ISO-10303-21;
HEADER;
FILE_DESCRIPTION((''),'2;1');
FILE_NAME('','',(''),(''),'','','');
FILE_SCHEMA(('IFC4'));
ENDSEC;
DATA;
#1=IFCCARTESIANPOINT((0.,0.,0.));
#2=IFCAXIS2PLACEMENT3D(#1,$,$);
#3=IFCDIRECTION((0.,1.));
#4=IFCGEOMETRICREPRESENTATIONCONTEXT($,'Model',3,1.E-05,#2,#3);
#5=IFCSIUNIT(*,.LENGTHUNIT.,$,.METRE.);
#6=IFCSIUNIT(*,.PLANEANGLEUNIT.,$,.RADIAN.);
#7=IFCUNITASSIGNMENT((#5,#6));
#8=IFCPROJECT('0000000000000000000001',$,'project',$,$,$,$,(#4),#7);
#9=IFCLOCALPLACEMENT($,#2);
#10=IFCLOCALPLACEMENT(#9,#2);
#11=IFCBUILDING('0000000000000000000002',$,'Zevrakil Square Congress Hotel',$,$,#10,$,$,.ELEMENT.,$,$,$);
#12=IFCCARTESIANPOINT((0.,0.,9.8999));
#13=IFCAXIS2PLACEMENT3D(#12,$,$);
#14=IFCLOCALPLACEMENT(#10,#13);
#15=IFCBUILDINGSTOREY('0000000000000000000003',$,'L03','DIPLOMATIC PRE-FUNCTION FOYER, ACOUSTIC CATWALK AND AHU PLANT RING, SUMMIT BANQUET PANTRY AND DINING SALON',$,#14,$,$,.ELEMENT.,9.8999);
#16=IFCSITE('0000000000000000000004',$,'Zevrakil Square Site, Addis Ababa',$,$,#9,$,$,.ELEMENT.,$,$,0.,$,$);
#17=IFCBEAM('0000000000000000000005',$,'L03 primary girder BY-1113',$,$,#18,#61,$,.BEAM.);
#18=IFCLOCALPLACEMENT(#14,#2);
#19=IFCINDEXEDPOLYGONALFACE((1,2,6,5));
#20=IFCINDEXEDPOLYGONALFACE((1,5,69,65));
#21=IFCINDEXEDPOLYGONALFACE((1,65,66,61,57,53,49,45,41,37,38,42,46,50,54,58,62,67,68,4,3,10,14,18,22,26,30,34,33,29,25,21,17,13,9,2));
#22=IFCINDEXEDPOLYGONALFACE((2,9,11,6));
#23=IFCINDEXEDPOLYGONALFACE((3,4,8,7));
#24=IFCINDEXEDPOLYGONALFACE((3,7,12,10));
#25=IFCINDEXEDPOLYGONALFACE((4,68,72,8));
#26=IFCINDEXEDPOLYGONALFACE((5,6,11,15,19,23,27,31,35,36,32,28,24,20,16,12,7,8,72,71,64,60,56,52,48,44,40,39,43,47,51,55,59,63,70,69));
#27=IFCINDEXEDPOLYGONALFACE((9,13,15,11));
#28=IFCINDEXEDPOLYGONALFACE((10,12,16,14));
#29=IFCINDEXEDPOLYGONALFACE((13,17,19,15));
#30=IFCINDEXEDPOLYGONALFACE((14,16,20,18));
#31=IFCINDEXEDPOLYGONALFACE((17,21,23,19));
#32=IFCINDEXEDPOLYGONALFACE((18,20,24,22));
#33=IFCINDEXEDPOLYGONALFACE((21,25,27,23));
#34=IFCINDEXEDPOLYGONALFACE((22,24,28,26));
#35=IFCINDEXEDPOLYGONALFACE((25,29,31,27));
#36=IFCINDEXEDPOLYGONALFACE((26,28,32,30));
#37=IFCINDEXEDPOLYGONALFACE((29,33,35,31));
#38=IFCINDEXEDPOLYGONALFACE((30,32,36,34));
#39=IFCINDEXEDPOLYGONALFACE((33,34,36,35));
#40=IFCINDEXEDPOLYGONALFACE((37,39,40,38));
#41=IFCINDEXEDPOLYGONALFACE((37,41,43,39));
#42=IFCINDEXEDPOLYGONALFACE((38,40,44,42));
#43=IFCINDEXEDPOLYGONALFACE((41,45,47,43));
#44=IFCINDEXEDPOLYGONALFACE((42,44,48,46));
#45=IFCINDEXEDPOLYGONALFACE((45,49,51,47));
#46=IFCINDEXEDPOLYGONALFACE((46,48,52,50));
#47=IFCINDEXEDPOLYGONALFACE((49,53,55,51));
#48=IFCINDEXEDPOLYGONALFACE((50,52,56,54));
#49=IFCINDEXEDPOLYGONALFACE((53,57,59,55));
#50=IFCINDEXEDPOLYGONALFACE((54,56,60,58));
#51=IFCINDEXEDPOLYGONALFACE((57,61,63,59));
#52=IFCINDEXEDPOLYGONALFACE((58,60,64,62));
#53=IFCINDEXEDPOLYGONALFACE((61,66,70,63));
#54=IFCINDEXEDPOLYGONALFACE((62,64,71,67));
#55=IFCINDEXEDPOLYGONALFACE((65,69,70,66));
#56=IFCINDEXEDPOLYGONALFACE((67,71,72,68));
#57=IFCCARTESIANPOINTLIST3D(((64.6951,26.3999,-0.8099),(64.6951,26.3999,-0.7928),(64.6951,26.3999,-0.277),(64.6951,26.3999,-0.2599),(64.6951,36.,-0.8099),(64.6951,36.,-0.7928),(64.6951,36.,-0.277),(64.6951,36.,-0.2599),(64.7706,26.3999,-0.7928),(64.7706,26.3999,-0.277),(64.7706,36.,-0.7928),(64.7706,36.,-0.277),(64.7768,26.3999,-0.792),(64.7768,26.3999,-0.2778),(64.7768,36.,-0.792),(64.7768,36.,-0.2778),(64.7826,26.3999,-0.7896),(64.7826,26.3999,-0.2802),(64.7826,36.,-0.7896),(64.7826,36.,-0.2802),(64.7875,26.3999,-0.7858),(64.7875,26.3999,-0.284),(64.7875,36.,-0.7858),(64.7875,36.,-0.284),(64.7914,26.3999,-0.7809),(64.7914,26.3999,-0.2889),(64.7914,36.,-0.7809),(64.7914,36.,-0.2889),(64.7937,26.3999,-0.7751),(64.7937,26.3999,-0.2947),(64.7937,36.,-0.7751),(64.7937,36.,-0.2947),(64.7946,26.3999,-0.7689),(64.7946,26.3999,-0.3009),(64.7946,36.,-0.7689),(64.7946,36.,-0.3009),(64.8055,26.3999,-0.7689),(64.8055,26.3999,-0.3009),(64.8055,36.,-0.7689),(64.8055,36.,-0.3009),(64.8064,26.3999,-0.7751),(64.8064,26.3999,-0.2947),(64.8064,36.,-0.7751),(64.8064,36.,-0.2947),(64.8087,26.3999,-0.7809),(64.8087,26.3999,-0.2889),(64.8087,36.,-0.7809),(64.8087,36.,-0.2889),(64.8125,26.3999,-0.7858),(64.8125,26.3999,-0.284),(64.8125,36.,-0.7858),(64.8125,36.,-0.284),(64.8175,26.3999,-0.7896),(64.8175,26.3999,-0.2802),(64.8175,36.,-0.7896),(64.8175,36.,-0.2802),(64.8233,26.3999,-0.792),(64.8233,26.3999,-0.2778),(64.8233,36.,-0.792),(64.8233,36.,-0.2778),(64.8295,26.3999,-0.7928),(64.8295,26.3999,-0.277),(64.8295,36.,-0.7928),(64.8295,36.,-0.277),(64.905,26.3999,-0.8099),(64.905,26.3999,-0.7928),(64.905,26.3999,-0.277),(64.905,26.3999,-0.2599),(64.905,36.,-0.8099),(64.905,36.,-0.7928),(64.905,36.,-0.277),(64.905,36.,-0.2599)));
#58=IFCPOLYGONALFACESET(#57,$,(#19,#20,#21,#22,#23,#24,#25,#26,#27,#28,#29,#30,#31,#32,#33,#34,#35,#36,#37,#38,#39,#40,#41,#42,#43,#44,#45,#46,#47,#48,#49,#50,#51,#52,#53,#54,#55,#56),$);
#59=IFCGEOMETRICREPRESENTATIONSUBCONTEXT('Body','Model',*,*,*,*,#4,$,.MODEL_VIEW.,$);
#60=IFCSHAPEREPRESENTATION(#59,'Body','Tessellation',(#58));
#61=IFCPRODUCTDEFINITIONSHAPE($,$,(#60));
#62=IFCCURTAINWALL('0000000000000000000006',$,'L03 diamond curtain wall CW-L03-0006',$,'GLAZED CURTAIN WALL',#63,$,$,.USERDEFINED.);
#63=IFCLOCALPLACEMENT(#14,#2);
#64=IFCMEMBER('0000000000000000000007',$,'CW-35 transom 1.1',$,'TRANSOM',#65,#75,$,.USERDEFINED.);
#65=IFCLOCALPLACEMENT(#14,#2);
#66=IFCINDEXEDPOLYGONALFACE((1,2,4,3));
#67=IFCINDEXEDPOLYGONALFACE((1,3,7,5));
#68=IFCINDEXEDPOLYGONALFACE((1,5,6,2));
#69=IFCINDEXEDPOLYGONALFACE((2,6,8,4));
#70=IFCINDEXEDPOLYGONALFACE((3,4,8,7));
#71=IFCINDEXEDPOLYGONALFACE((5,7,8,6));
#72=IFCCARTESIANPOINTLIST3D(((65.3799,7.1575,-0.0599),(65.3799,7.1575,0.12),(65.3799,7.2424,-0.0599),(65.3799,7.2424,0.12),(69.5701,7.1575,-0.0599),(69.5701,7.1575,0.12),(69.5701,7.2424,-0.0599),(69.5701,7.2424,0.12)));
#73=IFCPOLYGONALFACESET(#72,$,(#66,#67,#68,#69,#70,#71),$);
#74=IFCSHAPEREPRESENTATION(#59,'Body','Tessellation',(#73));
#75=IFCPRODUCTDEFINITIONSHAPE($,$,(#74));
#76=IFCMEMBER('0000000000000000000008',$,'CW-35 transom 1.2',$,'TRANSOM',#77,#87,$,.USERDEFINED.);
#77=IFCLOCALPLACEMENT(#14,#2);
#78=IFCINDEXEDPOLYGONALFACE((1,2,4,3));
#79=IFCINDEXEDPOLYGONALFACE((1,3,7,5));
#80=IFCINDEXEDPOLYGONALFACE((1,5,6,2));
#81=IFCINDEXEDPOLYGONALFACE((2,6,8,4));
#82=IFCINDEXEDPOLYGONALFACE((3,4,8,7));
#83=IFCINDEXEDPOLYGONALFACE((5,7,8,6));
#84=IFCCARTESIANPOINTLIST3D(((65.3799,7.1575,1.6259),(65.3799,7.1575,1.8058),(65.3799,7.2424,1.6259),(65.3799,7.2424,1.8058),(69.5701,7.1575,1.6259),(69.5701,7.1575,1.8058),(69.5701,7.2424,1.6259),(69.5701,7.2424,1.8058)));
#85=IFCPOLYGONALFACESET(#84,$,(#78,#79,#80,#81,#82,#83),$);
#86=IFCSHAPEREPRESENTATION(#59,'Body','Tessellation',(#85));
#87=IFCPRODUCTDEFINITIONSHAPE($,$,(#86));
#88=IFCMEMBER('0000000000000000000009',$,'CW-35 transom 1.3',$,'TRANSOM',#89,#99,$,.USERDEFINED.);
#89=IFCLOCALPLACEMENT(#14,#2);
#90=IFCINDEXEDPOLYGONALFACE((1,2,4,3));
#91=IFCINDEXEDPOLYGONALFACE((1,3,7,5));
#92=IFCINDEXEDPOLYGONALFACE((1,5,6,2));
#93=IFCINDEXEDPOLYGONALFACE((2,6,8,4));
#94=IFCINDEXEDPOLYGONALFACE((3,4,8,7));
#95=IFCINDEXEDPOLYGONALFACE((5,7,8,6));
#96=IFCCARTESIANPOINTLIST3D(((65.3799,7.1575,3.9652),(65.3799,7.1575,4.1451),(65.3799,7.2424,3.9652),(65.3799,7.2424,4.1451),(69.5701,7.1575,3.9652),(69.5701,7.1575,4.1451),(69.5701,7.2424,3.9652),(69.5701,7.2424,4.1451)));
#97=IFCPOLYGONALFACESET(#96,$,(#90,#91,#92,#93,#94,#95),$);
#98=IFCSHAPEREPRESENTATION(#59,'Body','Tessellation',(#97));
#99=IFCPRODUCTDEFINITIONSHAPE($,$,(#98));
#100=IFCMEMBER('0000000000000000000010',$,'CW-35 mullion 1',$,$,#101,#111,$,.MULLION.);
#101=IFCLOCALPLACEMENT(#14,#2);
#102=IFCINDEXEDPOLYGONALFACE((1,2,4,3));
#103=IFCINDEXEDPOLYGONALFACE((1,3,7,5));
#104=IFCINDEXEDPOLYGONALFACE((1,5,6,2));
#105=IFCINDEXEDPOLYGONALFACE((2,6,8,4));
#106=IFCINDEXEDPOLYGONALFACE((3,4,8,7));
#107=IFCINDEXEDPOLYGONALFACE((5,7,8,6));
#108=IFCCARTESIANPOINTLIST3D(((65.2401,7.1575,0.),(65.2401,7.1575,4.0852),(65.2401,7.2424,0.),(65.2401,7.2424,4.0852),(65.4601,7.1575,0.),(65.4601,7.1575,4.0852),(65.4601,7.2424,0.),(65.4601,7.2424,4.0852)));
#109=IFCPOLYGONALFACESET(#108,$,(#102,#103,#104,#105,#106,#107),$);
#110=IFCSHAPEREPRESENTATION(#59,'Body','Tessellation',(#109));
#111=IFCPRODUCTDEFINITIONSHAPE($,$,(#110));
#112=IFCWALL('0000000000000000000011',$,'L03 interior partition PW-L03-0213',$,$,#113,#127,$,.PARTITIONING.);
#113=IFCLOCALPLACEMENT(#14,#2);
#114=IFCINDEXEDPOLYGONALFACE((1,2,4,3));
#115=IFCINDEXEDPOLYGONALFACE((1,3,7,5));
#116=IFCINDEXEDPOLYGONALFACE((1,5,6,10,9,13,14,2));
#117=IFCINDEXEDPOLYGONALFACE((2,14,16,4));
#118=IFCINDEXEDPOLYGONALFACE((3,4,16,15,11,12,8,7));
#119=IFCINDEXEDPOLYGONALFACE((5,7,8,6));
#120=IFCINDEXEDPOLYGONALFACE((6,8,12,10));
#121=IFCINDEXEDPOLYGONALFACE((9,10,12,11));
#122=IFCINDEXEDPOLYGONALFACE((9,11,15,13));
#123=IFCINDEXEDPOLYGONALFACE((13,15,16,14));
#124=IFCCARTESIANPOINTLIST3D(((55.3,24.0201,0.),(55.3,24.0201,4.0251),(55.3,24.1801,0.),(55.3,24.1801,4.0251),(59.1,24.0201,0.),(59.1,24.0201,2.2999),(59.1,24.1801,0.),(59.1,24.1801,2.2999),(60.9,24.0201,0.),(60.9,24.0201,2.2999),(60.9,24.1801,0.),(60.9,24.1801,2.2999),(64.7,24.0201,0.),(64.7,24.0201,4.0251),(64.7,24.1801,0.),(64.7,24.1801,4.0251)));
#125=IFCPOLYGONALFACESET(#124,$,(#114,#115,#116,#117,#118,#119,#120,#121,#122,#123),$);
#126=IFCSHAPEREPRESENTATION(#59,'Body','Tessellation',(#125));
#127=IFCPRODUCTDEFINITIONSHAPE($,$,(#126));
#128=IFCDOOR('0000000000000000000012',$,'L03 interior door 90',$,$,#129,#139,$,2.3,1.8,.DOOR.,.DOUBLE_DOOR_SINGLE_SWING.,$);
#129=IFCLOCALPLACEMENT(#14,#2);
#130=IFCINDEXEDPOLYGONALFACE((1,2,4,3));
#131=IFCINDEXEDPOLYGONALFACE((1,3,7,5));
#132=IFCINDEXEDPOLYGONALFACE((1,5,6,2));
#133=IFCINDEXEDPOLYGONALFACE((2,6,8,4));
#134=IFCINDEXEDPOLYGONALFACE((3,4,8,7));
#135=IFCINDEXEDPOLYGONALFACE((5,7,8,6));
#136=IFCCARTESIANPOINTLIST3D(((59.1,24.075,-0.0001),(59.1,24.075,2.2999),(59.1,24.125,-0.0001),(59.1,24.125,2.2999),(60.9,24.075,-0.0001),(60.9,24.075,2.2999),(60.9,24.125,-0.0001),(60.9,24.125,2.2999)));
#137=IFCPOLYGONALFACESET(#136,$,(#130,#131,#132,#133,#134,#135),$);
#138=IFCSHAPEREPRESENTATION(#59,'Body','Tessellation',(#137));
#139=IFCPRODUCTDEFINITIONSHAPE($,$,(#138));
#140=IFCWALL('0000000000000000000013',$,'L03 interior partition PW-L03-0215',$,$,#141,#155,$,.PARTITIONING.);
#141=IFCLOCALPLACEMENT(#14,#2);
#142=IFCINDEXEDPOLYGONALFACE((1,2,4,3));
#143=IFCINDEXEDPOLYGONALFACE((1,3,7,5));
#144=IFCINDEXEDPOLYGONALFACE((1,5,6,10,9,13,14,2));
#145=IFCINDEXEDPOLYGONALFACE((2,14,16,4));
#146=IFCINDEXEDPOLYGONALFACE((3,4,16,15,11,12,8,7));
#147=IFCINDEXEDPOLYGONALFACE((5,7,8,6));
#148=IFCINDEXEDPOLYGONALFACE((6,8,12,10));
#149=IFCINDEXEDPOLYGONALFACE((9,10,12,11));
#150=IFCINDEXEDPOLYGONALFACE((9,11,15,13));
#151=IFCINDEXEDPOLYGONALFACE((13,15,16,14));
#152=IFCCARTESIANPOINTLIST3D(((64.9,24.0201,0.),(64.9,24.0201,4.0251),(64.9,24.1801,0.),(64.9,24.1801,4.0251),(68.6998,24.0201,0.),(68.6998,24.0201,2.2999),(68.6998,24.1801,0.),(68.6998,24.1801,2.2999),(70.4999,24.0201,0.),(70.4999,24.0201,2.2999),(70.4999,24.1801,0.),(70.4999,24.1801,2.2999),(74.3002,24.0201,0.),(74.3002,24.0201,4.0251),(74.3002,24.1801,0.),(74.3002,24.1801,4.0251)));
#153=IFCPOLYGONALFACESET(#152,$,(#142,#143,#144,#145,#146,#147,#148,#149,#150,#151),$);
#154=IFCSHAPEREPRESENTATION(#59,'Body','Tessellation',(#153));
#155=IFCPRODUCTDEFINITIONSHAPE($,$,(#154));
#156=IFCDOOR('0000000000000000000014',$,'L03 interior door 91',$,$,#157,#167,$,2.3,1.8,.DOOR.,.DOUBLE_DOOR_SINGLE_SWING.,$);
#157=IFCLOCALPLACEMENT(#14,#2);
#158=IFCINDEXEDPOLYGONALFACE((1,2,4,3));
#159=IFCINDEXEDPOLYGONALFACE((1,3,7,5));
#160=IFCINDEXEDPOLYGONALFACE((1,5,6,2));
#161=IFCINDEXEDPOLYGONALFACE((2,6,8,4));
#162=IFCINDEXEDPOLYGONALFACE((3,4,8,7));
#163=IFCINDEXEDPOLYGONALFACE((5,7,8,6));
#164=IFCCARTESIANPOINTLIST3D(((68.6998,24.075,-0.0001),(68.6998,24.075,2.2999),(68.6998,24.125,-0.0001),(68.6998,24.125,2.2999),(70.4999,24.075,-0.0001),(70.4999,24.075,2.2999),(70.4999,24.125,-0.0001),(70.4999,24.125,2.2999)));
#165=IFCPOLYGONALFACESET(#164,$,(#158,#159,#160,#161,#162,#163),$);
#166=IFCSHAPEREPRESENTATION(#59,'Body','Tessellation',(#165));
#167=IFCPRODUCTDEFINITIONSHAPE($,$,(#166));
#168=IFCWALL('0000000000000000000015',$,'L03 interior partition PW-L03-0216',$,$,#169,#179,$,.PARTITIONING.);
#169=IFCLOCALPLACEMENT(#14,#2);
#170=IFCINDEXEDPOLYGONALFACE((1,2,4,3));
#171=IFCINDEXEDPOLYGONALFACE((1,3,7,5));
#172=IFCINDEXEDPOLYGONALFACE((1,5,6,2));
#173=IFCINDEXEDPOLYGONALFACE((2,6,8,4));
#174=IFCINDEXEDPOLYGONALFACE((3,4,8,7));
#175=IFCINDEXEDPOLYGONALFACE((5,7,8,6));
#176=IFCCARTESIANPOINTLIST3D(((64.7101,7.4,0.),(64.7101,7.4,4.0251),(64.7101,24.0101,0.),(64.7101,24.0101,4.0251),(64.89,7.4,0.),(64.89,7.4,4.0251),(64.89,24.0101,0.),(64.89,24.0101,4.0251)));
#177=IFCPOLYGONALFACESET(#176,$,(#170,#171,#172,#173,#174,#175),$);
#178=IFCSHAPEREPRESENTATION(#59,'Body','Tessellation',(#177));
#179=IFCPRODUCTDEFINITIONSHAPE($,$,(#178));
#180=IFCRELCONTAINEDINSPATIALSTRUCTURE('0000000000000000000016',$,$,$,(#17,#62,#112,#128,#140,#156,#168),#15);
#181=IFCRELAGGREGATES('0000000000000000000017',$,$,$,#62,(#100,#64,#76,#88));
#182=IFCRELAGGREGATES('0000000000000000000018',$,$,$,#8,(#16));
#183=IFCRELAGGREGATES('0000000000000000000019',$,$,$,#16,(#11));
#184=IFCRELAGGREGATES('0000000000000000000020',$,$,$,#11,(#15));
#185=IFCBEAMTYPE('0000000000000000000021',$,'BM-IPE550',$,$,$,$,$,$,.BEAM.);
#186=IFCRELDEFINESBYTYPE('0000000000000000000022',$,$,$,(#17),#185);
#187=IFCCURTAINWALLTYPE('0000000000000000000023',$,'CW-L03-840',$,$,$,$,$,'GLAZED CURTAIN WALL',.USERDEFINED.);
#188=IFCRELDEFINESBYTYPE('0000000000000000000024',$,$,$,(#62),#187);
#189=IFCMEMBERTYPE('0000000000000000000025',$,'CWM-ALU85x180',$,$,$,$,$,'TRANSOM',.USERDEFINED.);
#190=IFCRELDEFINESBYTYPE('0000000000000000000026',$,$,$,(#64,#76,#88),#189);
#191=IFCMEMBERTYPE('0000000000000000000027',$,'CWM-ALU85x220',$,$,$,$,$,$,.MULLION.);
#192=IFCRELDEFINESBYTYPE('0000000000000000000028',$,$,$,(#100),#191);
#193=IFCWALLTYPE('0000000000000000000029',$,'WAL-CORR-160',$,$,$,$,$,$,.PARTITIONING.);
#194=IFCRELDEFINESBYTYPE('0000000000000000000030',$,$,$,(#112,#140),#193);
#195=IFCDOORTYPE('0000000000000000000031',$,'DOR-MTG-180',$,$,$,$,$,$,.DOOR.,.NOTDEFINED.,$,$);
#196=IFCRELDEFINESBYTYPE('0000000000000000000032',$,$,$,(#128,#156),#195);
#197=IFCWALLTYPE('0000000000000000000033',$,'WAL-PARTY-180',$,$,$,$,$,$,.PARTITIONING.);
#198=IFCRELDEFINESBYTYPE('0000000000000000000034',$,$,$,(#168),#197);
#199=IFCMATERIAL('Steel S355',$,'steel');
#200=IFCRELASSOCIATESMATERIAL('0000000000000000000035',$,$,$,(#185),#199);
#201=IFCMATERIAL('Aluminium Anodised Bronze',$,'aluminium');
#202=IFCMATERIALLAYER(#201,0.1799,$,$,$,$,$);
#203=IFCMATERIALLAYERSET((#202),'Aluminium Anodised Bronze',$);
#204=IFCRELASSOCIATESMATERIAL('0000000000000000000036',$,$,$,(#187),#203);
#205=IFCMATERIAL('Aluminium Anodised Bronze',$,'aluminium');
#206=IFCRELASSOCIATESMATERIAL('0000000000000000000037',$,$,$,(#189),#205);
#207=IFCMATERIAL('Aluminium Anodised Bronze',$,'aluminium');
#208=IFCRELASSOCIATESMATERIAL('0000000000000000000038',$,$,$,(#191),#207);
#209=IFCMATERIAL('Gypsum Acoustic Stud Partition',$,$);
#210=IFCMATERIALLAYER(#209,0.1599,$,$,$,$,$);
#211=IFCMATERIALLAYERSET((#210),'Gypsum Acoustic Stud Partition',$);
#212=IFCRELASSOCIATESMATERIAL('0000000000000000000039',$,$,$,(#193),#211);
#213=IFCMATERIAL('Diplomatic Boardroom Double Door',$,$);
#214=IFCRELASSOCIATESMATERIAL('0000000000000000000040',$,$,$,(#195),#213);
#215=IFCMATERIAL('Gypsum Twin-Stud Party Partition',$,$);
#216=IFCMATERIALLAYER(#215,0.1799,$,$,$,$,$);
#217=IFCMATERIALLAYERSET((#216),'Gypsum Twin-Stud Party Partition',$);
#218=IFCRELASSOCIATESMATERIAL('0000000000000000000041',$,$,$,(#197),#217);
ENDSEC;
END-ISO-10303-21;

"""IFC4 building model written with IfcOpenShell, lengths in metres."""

from ifc_helpers import new_model, si_unit, direction, frame, frame_2d, origin, origin_2d, place, context, subcontext, project, spatial, rectangle, i_section, extrude, material, layer, layer_set, material_profile, profile_set, type_object, element, fill, aggregate, save


model = new_model("IFC4")

# Units and contexts
model_context = context("Model", 3, precision=1e-05, world=origin(), true_north=direction((0.0, 1.0)))
body_context = subcontext(model_context, "Body", "Model", "MODEL_VIEW")
ifc_project = project(units=[si_unit("LENGTHUNIT", "METRE"), si_unit("PLANEANGLEUNIT", "RADIAN")], contexts=[model_context])

# Site, building, storey
site_placement = place(None, origin())
site = spatial("IfcSite", under=ifc_project, at=site_placement, Name="Zevrakil Square Site, Addis Ababa", CompositionType="ELEMENT", RefElevation=0.0)
building_placement = place(site_placement, origin())
building = spatial("IfcBuilding", under=site, at=building_placement, Name="Zevrakil Square Congress Hotel", CompositionType="ELEMENT")
storey_placement = place(building_placement, frame((0.0, 0.0, 9.8999)))
storey = spatial("IfcBuildingStorey", under=building, at=storey_placement, Name="L03", Description="DIPLOMATIC PRE-FUNCTION FOYER, ACOUSTIC CATWALK AND AHU PLANT RING, SUMMIT BANQUET PANTRY AND DINING SALON", CompositionType="ELEMENT", Elevation=9.8999)

# Beam
ifc_material_1 = material(Name="Steel S355", Category="steel")
ifc_material_profile_1 = material_profile(ifc_material_1, i_section(OverallWidth=0.21, OverallDepth=0.55, WebThickness=0.011, FlangeThickness=0.0171, FilletRadius=0.0239, at=origin_2d()), Name="IPE 550")
ifc_profile_set_1 = profile_set([ifc_material_profile_1], Name="Steel S355")
beam_type_1 = type_object("IfcBeamType", Name="BM-IPE550", PredefinedType="BEAM", material=ifc_profile_set_1)
beam_1_placement = place(storey_placement, frame((64.8, 26.3999, -0.5349), z_axis=(0.0, 1.0, 0.0), x_axis=(-1.0, 0.0, 0.0)))
element("IfcBeam", 1, at=beam_1_placement, inside=storey, type_object=beam_type_1, Name="L03 primary girder BY-1113", PredefinedType="BEAM", context=body_context, shape_type="SweptSolid", body=[
    extrude(i_section(OverallWidth=0.21, OverallDepth=0.55, WebThickness=0.011, FlangeThickness=0.0171, FilletRadius=0.0239, at=origin_2d()), origin(), (0.0, 0.0, 1.0), 9.6001),
])

# Curtain wall, members
ifc_material_2 = material(Name="Aluminium Anodised Bronze", Category="aluminium")
ifc_layer_1 = layer(ifc_material_2, 0.1799)
ifc_layer_set_1 = layer_set([ifc_layer_1], Name="Aluminium Anodised Bronze")
curtain_wall_type = type_object("IfcCurtainWallType", Name="CW-L03-840", ElementType="GLAZED CURTAIN WALL", PredefinedType="USERDEFINED", material=ifc_layer_set_1)
curtain_wall_placement = place(storey_placement, origin())
curtain_wall = element("IfcCurtainWall", 2, at=curtain_wall_placement, inside=storey, type_object=curtain_wall_type, Name="L03 diamond curtain wall CW-L03-0006", ObjectType="GLAZED CURTAIN WALL", PredefinedType="USERDEFINED")
ifc_material_3 = material(Name="Aluminium Anodised Bronze", Category="aluminium")
ifc_material_profile_2 = material_profile(ifc_material_3, rectangle(XDim=0.085, YDim=0.1799, at=origin_2d()), Name="ALU 85x180")
ifc_profile_set_2 = profile_set([ifc_material_profile_2], Name="Aluminium Anodised Bronze")
member_type_1 = type_object("IfcMemberType", Name="CWM-ALU85x180", ElementType="TRANSOM", PredefinedType="USERDEFINED", material=ifc_profile_set_2)
member_1_placement = place(storey_placement, frame((65.3799, 7.2, 0.03), z_axis=(1.0, 0.0, 0.0), x_axis=(0.0, 1.0, 0.0)))
member_1 = element("IfcMember", 3, at=member_1_placement, type_object=member_type_1, Name="CW-35 transom 1.1", ObjectType="TRANSOM", PredefinedType="USERDEFINED", context=body_context, shape_type="SweptSolid", body=[
    extrude(rectangle(XDim=0.085, YDim=0.1799, at=origin_2d()), origin(), (0.0, 0.0, 1.0), 4.1902),
])
member_2_placement = place(storey_placement, frame((65.3799, 7.2, 1.7158), z_axis=(1.0, 0.0, 0.0), x_axis=(0.0, 1.0, 0.0)))
member_2 = element("IfcMember", 4, at=member_2_placement, type_object=member_type_1, Name="CW-35 transom 1.2", ObjectType="TRANSOM", PredefinedType="USERDEFINED", context=body_context, shape_type="SweptSolid", body=[
    extrude(rectangle(XDim=0.085, YDim=0.1799, at=origin_2d()), origin(), (0.0, 0.0, 1.0), 4.1902),
])
member_3_placement = place(storey_placement, frame((65.3799, 7.2, 4.0552), z_axis=(1.0, 0.0, 0.0), x_axis=(0.0, 1.0, 0.0)))
member_3 = element("IfcMember", 5, at=member_3_placement, type_object=member_type_1, Name="CW-35 transom 1.3", ObjectType="TRANSOM", PredefinedType="USERDEFINED", context=body_context, shape_type="SweptSolid", body=[
    extrude(rectangle(XDim=0.085, YDim=0.1799, at=origin_2d()), origin(), (0.0, 0.0, 1.0), 4.1902),
])
ifc_material_4 = material(Name="Aluminium Anodised Bronze", Category="aluminium")
ifc_material_profile_3 = material_profile(ifc_material_4, rectangle(XDim=0.085, YDim=0.22, at=origin_2d()), Name="ALU 85x220")
ifc_profile_set_3 = profile_set([ifc_material_profile_3], Name="Aluminium Anodised Bronze")
member_type_2 = type_object("IfcMemberType", Name="CWM-ALU85x220", PredefinedType="MULLION", material=ifc_profile_set_3)
member_4_placement = place(storey_placement, frame((65.3501, 7.2, 0.0), z_axis=(0.0, 0.0, 1.0), x_axis=(0.0, 1.0, 0.0)))
member_4 = element("IfcMember", 6, at=member_4_placement, type_object=member_type_2, Name="CW-35 mullion 1", PredefinedType="MULLION", context=body_context, shape_type="SweptSolid", body=[
    extrude(rectangle(XDim=0.085, YDim=0.22, at=origin_2d()), origin(), (0.0, 0.0, 1.0), 4.0852),
])
aggregate(curtain_wall, [member_4, member_1, member_2, member_3])

# Walls, openings, doors
ifc_material_5 = material(Name="Gypsum Acoustic Stud Partition")
ifc_layer_2 = layer(ifc_material_5, 0.1599)
ifc_layer_set_2 = layer_set([ifc_layer_2], Name="Gypsum Acoustic Stud Partition")
wall_type_1 = type_object("IfcWallType", Name="WAL-CORR-160", PredefinedType="PARTITIONING", material=ifc_layer_set_2)
wall_1_placement = place(storey_placement, frame((55.3, 24.1001, 0.0), z_axis=(0.0, 0.0, 1.0), x_axis=(1.0, 0.0, 0.0)))
wall_1 = element("IfcWall", 7, at=wall_1_placement, inside=storey, type_object=wall_type_1, Name="L03 interior partition PW-L03-0213", PredefinedType="PARTITIONING", context=body_context, shape_type="SweptSolid", body=[
    extrude(rectangle(XDim=9.3999, YDim=0.1599, at=frame_2d((4.7, 0.0))), origin(), (0.0, 0.0, 1.0), 4.0251),
])
opening_1_placement = place(wall_1_placement, frame((3.8, 0.0, 0.0)))
opening_1 = element("IfcOpeningElement", 8, at=opening_1_placement, cuts=wall_1, PredefinedType="OPENING", context=body_context, shape_type="SweptSolid", body=[
    extrude(rectangle(XDim=1.8, YDim=2.3, at=frame_2d((0.8999, 1.1499))), frame((0.0, 0.0898, 0.0), z_axis=(0.0, -1.0, 0.0), x_axis=(1.0, 0.0, 0.0)), (0.0, 0.0, 1.0), 0.1799),
])
ifc_material_6 = material(Name="Diplomatic Boardroom Double Door")
door_type = type_object("IfcDoorType", Name="DOR-MTG-180", OperationType="NOTDEFINED", PredefinedType="DOOR", material=ifc_material_6)
door_1_placement = place(opening_1_placement, origin())
door_1 = element("IfcDoor", 9, at=door_1_placement, inside=storey, type_object=door_type, Name="L03 interior door 90", OperationType="DOUBLE_DOOR_SINGLE_SWING", OverallHeight=2.3, OverallWidth=1.8, PredefinedType="DOOR", context=body_context, shape_type="SweptSolid", body=[
    extrude(rectangle(XDim=1.8, YDim=2.3, at=frame_2d((0.8999, 1.1499))), frame((0.0, 0.0249, 0.0), z_axis=(0.0, -1.0, 0.0), x_axis=(1.0, 0.0, 0.0)), (0.0, 0.0, 1.0), 0.05),
])
fill(opening_1, door_1)
wall_2_placement = place(storey_placement, frame((64.8999, 24.1001, 0.0), z_axis=(0.0, 0.0, 1.0), x_axis=(1.0, 0.0, 0.0)))
wall_2 = element("IfcWall", 10, at=wall_2_placement, inside=storey, type_object=wall_type_1, Name="L03 interior partition PW-L03-0215", PredefinedType="PARTITIONING", context=body_context, shape_type="SweptSolid", body=[
    extrude(rectangle(XDim=9.4001, YDim=0.1599, at=frame_2d((4.7002, 0.0))), origin(), (0.0, 0.0, 1.0), 4.0251),
])
opening_2_placement = place(wall_2_placement, frame((3.8, 0.0, 0.0)))
opening_2 = element("IfcOpeningElement", 11, at=opening_2_placement, cuts=wall_2, PredefinedType="OPENING", context=body_context, shape_type="SweptSolid", body=[
    extrude(rectangle(XDim=1.8, YDim=2.3, at=frame_2d((0.8999, 1.1499))), frame((0.0, 0.0898, 0.0), z_axis=(0.0, -1.0, 0.0), x_axis=(1.0, 0.0, 0.0)), (0.0, 0.0, 1.0), 0.1799),
])
door_2_placement = place(opening_2_placement, origin())
door_2 = element("IfcDoor", 12, at=door_2_placement, inside=storey, type_object=door_type, Name="L03 interior door 91", OperationType="DOUBLE_DOOR_SINGLE_SWING", OverallHeight=2.3, OverallWidth=1.8, PredefinedType="DOOR", context=body_context, shape_type="SweptSolid", body=[
    extrude(rectangle(XDim=1.8, YDim=2.3, at=frame_2d((0.8999, 1.1499))), frame((0.0, 0.0249, 0.0), z_axis=(0.0, -1.0, 0.0), x_axis=(1.0, 0.0, 0.0)), (0.0, 0.0, 1.0), 0.05),
])
fill(opening_2, door_2)

# Wall
ifc_material_7 = material(Name="Gypsum Twin-Stud Party Partition")
ifc_layer_3 = layer(ifc_material_7, 0.1799)
ifc_layer_set_3 = layer_set([ifc_layer_3], Name="Gypsum Twin-Stud Party Partition")
wall_type_2 = type_object("IfcWallType", Name="WAL-PARTY-180", PredefinedType="PARTITIONING", material=ifc_layer_set_3)
wall_3_placement = place(storey_placement, frame((64.8, 7.3999, 0.0), z_axis=(0.0, 0.0, 1.0), x_axis=(0.0, 1.0, 0.0)))
element("IfcWall", 13, at=wall_3_placement, inside=storey, type_object=wall_type_2, Name="L03 interior partition PW-L03-0216", PredefinedType="PARTITIONING", context=body_context, shape_type="SweptSolid", body=[
    extrude(rectangle(XDim=16.6101, YDim=0.1799, at=frame_2d((8.3052, 0.0))), origin(), (0.0, 0.0, 1.0), 4.0251),
])

save(model, "model.ifc")
